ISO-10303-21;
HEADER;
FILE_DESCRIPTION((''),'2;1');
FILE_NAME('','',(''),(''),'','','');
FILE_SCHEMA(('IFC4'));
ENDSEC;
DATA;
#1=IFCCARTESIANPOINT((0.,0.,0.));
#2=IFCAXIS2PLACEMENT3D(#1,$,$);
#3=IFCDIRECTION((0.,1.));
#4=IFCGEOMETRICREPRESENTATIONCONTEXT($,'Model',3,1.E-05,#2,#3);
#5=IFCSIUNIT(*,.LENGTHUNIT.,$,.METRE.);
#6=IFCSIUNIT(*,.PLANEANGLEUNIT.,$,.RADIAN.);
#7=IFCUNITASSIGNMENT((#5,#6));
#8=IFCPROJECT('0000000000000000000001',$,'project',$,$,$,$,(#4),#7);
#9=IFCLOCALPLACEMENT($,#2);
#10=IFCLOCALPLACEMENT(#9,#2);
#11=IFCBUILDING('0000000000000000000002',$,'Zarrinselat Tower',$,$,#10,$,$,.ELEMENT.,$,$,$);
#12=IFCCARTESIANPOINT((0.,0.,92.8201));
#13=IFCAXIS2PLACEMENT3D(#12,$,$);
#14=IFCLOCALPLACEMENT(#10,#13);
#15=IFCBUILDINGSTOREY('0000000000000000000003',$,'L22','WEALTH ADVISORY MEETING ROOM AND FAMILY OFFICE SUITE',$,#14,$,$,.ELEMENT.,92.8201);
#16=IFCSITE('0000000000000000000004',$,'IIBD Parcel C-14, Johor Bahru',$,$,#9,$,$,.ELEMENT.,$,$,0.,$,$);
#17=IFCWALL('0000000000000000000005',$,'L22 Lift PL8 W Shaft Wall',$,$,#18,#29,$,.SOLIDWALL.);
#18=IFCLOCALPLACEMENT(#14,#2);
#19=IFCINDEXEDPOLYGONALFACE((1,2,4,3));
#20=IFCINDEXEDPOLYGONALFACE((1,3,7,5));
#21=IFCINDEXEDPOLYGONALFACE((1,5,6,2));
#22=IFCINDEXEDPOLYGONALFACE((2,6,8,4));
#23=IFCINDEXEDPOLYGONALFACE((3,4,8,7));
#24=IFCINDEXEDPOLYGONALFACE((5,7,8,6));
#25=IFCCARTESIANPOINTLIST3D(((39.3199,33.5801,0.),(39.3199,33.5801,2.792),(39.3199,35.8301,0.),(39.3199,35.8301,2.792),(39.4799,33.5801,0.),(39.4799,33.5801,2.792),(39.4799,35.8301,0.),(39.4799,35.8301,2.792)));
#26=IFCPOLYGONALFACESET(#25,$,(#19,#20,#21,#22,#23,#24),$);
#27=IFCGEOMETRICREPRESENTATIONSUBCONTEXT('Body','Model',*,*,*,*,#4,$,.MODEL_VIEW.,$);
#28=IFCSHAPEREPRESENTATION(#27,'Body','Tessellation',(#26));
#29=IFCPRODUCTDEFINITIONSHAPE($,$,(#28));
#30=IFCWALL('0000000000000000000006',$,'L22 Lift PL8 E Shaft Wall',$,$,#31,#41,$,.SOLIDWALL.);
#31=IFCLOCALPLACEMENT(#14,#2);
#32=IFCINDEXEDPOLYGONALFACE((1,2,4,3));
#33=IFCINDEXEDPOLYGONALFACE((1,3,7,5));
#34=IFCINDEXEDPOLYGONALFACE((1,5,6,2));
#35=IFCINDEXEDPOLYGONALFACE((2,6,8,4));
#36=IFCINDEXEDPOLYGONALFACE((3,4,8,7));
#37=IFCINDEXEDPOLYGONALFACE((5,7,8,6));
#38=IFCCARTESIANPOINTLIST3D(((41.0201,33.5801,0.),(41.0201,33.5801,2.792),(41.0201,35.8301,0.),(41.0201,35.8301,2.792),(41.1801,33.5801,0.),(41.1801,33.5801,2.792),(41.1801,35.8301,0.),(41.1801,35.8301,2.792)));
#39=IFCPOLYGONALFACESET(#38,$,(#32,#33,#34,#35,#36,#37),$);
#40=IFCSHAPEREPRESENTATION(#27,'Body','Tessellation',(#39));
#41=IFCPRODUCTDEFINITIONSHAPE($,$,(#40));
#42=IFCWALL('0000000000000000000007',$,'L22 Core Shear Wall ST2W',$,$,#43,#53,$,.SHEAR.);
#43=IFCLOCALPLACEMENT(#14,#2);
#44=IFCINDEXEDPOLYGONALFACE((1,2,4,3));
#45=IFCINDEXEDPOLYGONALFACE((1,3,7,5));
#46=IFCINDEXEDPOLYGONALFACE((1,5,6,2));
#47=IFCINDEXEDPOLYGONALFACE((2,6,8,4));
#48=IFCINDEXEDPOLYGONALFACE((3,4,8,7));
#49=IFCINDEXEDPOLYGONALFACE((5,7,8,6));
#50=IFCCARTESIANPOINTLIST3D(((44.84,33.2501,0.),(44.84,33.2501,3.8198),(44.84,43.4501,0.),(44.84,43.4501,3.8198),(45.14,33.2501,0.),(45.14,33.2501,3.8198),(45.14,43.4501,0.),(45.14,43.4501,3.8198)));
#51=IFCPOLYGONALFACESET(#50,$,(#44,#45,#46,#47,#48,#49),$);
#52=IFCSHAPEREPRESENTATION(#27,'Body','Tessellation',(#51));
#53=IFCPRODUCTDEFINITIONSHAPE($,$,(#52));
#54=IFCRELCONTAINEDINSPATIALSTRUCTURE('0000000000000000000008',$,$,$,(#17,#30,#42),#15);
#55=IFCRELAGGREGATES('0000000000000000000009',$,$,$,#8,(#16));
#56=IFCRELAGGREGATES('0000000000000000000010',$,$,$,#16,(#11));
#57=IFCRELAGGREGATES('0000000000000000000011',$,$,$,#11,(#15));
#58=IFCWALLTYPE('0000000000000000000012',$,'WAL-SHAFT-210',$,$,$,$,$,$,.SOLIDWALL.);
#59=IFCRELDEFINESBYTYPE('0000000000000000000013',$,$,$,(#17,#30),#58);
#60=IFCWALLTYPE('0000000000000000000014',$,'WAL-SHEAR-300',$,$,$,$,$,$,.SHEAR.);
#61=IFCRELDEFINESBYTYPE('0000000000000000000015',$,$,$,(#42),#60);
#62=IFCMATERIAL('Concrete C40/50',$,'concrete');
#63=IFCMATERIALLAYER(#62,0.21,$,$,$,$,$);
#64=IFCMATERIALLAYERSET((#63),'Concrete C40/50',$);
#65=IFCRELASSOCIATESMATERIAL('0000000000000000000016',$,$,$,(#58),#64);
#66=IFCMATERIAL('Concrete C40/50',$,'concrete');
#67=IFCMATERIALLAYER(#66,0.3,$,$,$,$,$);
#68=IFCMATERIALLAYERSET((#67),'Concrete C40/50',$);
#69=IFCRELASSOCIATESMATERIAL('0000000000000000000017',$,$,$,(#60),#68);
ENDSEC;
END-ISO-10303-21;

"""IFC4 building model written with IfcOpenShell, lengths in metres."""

from ifc_helpers import new_model, si_unit, direction, frame, frame_2d, origin, place, context, subcontext, project, spatial, rectangle, extrude, material, layer, layer_set, type_object, element, save


model = new_model("IFC4")

# Units and contexts
model_context = context("Model", 3, precision=1e-05, world=origin(), true_north=direction((0.0, 1.0)))
body_context = subcontext(model_context, "Body", "Model", "MODEL_VIEW")
ifc_project = project(units=[si_unit("LENGTHUNIT", "METRE"), si_unit("PLANEANGLEUNIT", "RADIAN")], contexts=[model_context])

# Site, building, storey
site_placement = place(None, origin())
site = spatial("IfcSite", under=ifc_project, at=site_placement, Name="IIBD Parcel C-14, Johor Bahru", CompositionType="ELEMENT", RefElevation=0.0)
building_placement = place(site_placement, origin())
building = spatial("IfcBuilding", under=site, at=building_placement, Name="Zarrinselat Tower", CompositionType="ELEMENT")
storey_placement = place(building_placement, frame((0.0, 0.0, 92.8201)))
storey = spatial("IfcBuildingStorey", under=building, at=storey_placement, Name="L22", Description="WEALTH ADVISORY MEETING ROOM AND FAMILY OFFICE SUITE", CompositionType="ELEMENT", Elevation=92.8201)

# Walls
ifc_material_1 = material(Name="Concrete C40/50", Category="concrete")
ifc_layer_1 = layer(ifc_material_1, 0.21)
ifc_layer_set_1 = layer_set([ifc_layer_1], Name="Concrete C40/50")
wall_type_1 = type_object("IfcWallType", Name="WAL-SHAFT-210", PredefinedType="SOLIDWALL", material=ifc_layer_set_1)
for number, where, z_axis, x_axis, name in (
    (1, (39.3999, 33.5801, 0.0), (0.0, 0.0, 1.0), (0.0, 1.0, 0.0), "L22 Lift PL8 W Shaft Wall"),
    (2, (41.1001, 33.5801, 0.0), (0.0, 0.0, 1.0), (0.0, 1.0, 0.0), "L22 Lift PL8 E Shaft Wall"),
):
    element("IfcWall", number, at=place(storey_placement, frame(where, z_axis=z_axis, x_axis=x_axis)), inside=storey, type_object=wall_type_1, Name=name, PredefinedType="SOLIDWALL", context=body_context, shape_type="SweptSolid", body=[
        extrude(rectangle(XDim=2.25, YDim=0.1599, at=frame_2d((1.125, 0.0))), origin(), (0.0, 0.0, 1.0), 2.792),
    ])
ifc_material_2 = material(Name="Concrete C40/50", Category="concrete")
ifc_layer_2 = layer(ifc_material_2, 0.3)
ifc_layer_set_2 = layer_set([ifc_layer_2], Name="Concrete C40/50")
wall_type_2 = type_object("IfcWallType", Name="WAL-SHEAR-300", PredefinedType="SHEAR", material=ifc_layer_set_2)
wall_1_placement = place(storey_placement, frame((44.99, 33.25, 0.0), z_axis=(0.0, 0.0, 1.0), x_axis=(0.0, 1.0, 0.0)))
element("IfcWall", 3, at=wall_1_placement, inside=storey, type_object=wall_type_2, Name="L22 Core Shear Wall ST2W", PredefinedType="SHEAR", context=body_context, shape_type="SweptSolid", body=[
    extrude(rectangle(XDim=10.2, YDim=0.3, at=frame_2d((5.1001, 0.0))), origin(), (0.0, 0.0, 1.0), 3.8198),
])

save(model, "model.ifc")
